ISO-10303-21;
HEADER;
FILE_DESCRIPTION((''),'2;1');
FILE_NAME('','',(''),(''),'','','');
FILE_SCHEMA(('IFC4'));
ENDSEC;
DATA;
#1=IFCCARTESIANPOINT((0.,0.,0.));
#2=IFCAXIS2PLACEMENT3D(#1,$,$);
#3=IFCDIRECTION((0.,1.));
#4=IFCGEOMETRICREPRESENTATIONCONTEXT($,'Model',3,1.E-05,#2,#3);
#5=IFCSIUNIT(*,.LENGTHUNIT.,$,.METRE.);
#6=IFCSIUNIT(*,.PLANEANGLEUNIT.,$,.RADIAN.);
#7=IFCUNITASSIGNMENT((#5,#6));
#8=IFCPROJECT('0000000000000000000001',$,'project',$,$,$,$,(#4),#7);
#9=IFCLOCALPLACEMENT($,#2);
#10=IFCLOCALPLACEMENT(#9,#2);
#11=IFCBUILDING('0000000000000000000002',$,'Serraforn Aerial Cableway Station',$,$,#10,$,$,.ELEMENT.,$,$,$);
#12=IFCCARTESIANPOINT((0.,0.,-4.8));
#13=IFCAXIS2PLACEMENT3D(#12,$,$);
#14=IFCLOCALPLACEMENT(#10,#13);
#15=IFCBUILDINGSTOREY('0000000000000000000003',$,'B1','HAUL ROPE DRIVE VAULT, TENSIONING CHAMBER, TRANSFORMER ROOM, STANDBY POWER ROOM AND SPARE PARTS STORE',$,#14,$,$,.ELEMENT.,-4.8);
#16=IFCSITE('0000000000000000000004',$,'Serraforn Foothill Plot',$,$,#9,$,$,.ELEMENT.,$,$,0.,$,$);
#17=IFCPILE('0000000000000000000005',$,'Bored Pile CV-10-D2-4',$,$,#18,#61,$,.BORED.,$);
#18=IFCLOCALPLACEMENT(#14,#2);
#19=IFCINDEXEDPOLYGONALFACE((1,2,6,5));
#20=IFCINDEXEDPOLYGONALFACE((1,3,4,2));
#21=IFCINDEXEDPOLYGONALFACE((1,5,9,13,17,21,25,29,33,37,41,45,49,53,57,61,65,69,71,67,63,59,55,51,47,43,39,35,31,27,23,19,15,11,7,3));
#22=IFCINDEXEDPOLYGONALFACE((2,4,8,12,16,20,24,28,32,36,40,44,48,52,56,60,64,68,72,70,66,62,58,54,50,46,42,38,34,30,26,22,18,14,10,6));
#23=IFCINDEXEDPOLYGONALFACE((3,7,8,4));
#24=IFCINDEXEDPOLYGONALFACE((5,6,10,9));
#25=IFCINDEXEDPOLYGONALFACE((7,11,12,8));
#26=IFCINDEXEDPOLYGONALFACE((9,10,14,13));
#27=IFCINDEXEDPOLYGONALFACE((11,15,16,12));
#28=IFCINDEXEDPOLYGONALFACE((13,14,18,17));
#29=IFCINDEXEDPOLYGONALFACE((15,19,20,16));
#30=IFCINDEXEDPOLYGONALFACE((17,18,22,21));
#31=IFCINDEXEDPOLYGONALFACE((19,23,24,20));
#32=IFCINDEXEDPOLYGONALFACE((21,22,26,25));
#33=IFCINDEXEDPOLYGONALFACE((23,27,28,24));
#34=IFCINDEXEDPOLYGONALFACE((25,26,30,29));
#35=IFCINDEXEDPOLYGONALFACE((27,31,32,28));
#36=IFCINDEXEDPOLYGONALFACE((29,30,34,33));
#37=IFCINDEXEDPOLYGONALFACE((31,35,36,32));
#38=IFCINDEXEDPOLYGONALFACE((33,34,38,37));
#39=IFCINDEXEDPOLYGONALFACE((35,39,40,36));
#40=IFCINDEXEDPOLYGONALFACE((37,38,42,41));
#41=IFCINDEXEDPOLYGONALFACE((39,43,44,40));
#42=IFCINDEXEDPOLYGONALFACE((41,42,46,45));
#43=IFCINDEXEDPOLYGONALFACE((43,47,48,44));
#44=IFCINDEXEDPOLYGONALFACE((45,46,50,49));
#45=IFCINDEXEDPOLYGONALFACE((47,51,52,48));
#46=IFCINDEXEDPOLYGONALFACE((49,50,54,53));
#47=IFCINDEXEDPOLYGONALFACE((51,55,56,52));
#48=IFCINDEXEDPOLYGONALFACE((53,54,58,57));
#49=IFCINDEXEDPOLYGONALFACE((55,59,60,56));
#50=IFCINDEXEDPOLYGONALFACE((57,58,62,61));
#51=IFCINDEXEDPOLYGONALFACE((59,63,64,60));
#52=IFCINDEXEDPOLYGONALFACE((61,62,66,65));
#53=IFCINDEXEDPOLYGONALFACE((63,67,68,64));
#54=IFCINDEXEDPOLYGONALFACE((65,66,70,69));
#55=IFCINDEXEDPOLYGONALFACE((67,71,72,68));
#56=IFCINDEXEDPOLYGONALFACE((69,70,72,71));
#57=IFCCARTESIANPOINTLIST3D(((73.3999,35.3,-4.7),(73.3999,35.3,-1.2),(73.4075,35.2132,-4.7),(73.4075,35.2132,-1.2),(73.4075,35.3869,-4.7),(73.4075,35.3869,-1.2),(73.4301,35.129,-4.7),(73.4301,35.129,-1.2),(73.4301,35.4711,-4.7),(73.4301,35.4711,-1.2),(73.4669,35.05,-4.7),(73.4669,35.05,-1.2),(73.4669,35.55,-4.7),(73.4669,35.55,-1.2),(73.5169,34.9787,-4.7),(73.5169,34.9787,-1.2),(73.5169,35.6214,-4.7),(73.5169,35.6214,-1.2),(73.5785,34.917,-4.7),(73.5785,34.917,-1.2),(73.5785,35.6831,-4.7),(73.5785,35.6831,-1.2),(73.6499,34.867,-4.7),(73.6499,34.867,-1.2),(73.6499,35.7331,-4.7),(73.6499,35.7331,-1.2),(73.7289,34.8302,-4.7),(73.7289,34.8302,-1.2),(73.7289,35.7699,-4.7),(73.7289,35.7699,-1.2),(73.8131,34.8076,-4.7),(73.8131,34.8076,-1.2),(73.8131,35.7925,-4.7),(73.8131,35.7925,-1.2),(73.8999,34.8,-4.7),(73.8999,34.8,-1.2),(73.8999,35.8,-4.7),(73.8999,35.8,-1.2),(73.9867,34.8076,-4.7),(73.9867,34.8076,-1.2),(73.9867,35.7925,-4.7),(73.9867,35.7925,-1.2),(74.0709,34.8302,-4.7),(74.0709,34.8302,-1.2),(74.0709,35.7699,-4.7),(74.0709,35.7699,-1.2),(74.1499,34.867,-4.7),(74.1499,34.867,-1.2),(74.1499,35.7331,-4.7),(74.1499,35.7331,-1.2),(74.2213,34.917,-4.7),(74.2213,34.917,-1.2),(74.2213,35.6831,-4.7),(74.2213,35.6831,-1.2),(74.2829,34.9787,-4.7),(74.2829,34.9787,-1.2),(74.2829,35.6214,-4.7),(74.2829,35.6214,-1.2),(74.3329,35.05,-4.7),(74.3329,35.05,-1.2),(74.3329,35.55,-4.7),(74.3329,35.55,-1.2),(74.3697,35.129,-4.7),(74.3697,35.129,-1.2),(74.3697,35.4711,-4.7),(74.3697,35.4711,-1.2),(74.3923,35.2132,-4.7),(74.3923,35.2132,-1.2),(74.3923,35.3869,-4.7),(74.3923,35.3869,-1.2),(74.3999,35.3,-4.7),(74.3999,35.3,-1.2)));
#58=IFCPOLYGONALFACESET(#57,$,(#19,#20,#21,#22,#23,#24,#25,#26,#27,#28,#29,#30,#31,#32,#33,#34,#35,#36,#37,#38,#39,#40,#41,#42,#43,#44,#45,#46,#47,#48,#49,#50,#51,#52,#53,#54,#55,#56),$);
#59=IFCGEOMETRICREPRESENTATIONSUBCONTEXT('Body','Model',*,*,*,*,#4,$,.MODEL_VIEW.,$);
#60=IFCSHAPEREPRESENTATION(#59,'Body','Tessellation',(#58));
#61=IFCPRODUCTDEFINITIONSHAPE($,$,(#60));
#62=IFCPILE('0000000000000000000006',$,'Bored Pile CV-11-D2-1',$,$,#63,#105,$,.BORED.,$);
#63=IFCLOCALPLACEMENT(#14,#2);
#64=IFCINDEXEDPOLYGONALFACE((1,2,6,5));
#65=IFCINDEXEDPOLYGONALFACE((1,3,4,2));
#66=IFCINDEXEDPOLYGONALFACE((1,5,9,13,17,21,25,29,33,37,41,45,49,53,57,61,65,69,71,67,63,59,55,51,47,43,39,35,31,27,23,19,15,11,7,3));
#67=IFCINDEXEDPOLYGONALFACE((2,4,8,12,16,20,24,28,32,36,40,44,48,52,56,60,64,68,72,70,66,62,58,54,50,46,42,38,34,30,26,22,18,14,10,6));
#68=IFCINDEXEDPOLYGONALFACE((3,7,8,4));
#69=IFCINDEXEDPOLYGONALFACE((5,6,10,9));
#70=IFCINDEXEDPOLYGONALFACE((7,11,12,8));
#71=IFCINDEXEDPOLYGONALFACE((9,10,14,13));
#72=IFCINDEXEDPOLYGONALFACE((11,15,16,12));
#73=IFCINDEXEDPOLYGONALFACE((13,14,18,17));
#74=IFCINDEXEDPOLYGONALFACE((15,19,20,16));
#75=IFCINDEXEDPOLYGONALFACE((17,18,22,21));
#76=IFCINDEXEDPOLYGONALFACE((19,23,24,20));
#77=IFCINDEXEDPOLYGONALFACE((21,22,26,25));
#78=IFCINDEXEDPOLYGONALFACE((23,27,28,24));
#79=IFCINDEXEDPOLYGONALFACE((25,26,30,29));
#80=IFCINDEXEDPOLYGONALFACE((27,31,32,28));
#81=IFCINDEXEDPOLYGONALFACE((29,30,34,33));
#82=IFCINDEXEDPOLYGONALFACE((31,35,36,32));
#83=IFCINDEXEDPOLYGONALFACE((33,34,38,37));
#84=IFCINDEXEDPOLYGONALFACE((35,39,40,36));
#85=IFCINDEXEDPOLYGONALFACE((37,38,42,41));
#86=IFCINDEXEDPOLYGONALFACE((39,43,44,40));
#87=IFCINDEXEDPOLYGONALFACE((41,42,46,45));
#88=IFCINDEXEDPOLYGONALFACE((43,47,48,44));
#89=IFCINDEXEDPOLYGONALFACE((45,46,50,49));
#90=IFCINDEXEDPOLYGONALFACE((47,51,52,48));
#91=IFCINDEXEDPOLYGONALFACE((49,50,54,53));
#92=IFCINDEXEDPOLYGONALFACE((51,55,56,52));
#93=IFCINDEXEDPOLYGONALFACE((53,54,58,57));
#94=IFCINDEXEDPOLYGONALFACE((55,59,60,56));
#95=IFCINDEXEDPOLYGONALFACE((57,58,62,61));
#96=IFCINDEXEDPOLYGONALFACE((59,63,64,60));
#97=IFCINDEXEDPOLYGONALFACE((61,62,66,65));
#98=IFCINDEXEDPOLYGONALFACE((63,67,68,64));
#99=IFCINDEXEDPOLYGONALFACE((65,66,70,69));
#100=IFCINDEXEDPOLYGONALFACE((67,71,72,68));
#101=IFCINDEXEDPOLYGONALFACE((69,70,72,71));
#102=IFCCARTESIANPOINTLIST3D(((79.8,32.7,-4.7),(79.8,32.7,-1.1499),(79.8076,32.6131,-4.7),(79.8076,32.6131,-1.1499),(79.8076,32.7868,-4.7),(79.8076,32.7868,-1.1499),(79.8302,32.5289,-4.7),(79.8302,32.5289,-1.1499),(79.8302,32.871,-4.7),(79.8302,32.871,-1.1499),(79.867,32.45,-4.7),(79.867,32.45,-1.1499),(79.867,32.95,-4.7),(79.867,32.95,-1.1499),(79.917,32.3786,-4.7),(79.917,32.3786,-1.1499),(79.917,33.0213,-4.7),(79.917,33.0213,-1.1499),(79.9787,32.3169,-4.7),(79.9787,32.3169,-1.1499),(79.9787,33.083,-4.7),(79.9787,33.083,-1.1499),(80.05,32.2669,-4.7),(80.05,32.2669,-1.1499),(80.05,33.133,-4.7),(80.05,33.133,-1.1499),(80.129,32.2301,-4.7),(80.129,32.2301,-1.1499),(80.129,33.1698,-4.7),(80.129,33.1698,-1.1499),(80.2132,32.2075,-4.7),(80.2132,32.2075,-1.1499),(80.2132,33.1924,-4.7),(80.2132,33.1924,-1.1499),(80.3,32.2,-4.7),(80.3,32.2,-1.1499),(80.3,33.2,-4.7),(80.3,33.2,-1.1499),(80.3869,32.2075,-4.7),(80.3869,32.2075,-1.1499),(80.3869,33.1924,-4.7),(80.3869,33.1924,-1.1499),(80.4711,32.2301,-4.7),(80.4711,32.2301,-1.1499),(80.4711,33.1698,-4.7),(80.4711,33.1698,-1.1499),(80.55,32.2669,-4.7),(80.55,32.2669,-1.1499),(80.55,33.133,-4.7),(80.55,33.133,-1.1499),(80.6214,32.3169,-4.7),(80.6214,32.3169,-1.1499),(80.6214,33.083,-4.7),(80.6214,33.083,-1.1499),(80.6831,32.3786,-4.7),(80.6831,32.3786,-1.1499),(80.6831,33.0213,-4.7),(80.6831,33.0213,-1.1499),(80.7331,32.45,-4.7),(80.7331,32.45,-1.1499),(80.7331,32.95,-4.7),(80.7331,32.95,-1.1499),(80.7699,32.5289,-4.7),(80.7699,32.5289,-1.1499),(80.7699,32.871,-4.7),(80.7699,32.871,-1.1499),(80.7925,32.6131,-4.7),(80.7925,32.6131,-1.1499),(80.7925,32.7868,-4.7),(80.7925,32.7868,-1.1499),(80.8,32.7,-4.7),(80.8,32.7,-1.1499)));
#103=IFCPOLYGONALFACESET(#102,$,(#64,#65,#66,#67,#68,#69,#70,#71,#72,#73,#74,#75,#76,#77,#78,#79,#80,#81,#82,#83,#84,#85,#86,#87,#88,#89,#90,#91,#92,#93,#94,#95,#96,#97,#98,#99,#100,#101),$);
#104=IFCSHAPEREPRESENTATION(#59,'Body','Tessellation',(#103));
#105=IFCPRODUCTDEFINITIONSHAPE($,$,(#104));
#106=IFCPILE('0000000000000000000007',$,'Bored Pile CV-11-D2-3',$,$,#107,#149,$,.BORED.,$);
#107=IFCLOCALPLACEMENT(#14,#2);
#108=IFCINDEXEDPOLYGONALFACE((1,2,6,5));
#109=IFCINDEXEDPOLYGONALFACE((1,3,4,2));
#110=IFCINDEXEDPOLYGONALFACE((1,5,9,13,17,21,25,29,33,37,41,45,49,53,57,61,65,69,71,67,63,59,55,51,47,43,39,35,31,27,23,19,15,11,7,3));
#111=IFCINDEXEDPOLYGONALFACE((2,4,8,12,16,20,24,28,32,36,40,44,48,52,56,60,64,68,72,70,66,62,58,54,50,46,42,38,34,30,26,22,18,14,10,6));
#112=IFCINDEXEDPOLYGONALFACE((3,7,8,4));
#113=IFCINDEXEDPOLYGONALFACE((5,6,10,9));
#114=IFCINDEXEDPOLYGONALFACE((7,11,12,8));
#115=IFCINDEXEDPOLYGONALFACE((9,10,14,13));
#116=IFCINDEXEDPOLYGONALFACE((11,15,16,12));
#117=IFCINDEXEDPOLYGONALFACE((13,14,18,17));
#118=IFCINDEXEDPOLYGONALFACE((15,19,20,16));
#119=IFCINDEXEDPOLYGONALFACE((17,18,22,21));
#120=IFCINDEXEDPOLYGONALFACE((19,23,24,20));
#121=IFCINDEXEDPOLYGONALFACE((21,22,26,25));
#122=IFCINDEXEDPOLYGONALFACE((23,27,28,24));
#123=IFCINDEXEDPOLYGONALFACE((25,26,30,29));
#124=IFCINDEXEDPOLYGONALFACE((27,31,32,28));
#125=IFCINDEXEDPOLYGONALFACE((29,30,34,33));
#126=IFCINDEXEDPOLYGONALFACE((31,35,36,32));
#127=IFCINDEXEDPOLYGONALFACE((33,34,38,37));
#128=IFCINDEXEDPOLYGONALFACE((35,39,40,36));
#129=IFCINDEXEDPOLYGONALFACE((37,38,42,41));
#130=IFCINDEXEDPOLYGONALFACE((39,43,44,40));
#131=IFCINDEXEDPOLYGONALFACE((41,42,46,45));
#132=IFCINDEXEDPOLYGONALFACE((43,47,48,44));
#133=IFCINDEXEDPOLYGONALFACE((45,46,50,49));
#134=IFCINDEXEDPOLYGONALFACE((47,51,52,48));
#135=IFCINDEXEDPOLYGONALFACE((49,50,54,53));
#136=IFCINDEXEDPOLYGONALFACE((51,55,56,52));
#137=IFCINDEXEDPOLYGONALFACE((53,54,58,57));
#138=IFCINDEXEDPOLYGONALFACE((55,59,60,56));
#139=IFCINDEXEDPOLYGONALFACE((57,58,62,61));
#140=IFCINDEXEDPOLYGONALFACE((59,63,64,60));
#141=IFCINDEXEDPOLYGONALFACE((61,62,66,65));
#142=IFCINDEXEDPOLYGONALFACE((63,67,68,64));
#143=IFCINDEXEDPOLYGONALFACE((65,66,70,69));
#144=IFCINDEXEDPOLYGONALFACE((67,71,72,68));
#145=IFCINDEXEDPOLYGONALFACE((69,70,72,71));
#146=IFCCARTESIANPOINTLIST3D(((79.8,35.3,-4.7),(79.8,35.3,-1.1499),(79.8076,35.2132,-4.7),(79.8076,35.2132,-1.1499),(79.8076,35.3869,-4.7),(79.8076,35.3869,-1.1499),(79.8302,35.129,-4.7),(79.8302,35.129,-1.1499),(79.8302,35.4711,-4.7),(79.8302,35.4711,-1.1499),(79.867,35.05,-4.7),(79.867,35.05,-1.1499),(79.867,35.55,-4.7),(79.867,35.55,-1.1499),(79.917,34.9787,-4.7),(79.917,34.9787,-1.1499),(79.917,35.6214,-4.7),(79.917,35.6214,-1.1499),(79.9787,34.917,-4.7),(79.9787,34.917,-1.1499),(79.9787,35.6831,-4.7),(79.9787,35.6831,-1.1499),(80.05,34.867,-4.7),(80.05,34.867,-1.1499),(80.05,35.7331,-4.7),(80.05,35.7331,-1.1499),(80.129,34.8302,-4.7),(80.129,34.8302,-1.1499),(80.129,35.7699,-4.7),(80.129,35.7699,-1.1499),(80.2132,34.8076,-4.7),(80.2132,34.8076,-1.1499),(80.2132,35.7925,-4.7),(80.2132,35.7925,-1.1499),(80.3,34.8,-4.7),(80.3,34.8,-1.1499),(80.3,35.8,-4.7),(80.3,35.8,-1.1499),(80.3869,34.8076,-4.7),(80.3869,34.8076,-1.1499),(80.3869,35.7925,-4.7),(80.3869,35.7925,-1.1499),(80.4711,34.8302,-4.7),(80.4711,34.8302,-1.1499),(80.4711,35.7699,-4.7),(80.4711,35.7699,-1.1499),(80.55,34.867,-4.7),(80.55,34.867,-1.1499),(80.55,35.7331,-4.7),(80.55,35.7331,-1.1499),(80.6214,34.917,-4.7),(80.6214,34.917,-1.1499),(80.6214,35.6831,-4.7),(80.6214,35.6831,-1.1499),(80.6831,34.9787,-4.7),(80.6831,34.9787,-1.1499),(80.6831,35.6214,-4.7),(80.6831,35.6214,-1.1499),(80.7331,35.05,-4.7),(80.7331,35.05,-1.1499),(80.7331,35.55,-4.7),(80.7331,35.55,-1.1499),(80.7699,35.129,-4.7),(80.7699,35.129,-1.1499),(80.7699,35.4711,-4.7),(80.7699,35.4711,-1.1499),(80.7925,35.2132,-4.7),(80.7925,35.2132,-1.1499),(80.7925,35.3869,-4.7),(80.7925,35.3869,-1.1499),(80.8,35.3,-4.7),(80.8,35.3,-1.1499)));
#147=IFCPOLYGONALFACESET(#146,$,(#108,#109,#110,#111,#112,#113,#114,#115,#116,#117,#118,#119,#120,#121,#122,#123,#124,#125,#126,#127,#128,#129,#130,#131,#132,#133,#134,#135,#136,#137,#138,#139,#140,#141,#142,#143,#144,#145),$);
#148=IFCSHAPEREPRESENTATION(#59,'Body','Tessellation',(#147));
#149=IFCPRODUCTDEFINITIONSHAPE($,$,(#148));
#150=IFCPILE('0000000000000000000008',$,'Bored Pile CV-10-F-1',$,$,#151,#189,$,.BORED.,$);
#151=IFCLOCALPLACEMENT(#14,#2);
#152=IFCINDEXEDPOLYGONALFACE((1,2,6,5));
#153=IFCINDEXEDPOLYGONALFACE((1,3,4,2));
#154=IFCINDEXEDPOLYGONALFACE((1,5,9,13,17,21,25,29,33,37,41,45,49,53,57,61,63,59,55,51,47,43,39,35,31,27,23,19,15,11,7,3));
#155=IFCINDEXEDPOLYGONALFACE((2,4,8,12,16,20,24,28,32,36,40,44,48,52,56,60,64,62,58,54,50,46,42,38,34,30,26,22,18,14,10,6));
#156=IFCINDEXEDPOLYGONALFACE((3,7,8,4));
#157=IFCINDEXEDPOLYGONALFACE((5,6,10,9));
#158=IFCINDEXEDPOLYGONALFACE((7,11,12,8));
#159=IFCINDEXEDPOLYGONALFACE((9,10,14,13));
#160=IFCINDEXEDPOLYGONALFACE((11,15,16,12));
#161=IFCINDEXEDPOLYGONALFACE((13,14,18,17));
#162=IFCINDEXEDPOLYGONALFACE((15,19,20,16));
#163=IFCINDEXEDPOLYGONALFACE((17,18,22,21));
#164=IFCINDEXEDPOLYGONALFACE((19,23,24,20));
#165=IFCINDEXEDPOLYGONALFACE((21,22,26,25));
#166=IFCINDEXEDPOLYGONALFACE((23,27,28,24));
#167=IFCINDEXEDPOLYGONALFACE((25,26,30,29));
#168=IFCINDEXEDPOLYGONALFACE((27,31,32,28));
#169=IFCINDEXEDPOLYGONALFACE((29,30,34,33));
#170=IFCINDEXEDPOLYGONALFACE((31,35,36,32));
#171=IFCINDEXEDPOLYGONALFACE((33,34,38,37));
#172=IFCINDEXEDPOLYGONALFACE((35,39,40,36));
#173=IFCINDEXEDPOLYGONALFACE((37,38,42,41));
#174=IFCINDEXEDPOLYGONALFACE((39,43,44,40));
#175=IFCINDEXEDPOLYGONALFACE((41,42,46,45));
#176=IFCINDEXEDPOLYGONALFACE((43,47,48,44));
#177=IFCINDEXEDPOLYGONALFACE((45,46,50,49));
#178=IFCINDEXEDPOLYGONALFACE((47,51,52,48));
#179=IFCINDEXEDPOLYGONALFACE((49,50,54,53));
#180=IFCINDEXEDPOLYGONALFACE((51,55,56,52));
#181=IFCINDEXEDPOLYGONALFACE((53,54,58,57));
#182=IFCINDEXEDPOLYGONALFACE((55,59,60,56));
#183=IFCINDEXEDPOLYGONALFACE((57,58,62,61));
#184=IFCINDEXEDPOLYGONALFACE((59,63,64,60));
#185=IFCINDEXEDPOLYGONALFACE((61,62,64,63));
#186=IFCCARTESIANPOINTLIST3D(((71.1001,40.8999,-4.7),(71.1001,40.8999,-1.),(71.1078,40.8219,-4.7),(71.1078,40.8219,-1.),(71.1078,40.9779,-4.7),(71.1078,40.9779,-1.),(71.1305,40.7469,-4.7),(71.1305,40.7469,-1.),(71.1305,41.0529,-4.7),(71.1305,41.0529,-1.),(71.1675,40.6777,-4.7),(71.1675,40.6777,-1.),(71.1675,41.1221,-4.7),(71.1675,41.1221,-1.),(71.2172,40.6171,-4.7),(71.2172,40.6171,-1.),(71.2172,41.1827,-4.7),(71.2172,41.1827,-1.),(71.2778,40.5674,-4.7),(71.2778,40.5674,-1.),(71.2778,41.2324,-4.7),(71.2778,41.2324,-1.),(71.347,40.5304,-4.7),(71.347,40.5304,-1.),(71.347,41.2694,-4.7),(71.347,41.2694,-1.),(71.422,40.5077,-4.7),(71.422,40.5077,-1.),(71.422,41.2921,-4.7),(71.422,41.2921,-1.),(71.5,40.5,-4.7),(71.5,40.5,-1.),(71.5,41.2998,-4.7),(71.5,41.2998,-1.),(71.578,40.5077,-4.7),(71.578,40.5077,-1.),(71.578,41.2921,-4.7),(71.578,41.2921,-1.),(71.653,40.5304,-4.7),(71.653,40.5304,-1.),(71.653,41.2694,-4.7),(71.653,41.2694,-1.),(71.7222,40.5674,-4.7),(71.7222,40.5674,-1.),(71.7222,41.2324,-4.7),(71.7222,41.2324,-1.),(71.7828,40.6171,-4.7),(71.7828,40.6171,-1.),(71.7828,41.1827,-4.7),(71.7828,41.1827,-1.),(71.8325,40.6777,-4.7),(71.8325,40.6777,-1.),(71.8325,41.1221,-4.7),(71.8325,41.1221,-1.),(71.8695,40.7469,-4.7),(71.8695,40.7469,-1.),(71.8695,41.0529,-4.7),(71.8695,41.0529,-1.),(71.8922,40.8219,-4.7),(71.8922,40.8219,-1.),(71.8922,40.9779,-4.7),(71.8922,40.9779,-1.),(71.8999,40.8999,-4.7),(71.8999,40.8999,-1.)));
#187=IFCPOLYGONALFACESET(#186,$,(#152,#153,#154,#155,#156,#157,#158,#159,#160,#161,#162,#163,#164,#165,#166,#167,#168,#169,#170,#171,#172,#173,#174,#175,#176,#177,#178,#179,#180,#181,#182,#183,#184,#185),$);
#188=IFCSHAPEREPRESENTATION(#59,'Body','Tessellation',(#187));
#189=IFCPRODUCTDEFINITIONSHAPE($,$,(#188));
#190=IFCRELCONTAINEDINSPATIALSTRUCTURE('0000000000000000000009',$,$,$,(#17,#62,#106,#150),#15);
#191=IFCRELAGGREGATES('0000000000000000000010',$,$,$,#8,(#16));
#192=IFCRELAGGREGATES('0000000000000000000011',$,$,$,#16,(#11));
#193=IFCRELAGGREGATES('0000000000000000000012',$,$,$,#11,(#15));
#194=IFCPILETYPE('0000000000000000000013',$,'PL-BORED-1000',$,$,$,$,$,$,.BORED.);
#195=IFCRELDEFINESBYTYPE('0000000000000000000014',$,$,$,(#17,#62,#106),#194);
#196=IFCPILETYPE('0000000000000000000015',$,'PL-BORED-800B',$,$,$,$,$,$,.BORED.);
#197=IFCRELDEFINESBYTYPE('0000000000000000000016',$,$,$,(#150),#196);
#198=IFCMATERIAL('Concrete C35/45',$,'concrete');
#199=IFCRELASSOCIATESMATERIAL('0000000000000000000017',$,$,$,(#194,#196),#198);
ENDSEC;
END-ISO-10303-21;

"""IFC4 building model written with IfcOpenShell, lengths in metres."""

from ifc_helpers import new_model, si_unit, direction, frame, origin, origin_2d, place, context, subcontext, project, spatial, circle, extrude, material, material_profile, profile_set, type_object, element, save


model = new_model("IFC4")

# Units and contexts
model_context = context("Model", 3, precision=1e-05, world=origin(), true_north=direction((0.0, 1.0)))
body_context = subcontext(model_context, "Body", "Model", "MODEL_VIEW")
ifc_project = project(units=[si_unit("LENGTHUNIT", "METRE"), si_unit("PLANEANGLEUNIT", "RADIAN")], contexts=[model_context])

# Site, building, storey
site_placement = place(None, origin())
site = spatial("IfcSite", under=ifc_project, at=site_placement, Name="Serraforn Foothill Plot", CompositionType="ELEMENT", RefElevation=0.0)
building_placement = place(site_placement, origin())
building = spatial("IfcBuilding", under=site, at=building_placement, Name="Serraforn Aerial Cableway Station", CompositionType="ELEMENT")
storey_placement = place(building_placement, frame((0.0, 0.0, -4.8)))
storey = spatial("IfcBuildingStorey", under=building, at=storey_placement, Name="B1", Description="HAUL ROPE DRIVE VAULT, TENSIONING CHAMBER, TRANSFORMER ROOM, STANDBY POWER ROOM AND SPARE PARTS STORE", CompositionType="ELEMENT", Elevation=-4.8)

# Shared definitions
ifc_material_1 = material(Name="Concrete C35/45", Category="concrete")

# Piles
ifc_material_profile_1 = material_profile(ifc_material_1, circle(Radius=0.5, at=origin_2d()), Name="BORED PILE D1000")
ifc_profile_set_1 = profile_set([ifc_material_profile_1], Name="Concrete C35/45")
pile_type_1 = type_object("IfcPileType", Name="PL-BORED-1000", PredefinedType="BORED", material=ifc_profile_set_1)
for number, where, z_axis, x_axis, name in (
    (1, (73.8999, 35.3, -1.2), (0.0, 0.0, -1.0), (1.0, 0.0, 0.0), "Bored Pile CV-10-D2-4"),
):
    element("IfcPile", number, at=place(storey_placement, frame(where, z_axis=z_axis, x_axis=x_axis)), inside=storey, type_object=pile_type_1, Name=name, PredefinedType="BORED", context=body_context, shape_type="SweptSolid", body=[
        extrude(circle(Radius=0.5, at=origin_2d()), origin(), (0.0, 0.0, 1.0), 3.5),
    ])
for number, where, z_axis, x_axis, name in (
    (2, (80.3, 32.7, -1.1499), (0.0, 0.0, -1.0), (1.0, 0.0, 0.0), "Bored Pile CV-11-D2-1"),
    (3, (80.3, 35.3, -1.1499), (0.0, 0.0, -1.0), (1.0, 0.0, 0.0), "Bored Pile CV-11-D2-3"),
):
    element("IfcPile", number, at=place(storey_placement, frame(where, z_axis=z_axis, x_axis=x_axis)), inside=storey, type_object=pile_type_1, Name=name, PredefinedType="BORED", context=body_context, shape_type="SweptSolid", body=[
        extrude(circle(Radius=0.5, at=origin_2d()), origin(), (0.0, 0.0, 1.0), 3.55),
    ])
ifc_material_profile_2 = material_profile(ifc_material_1, circle(Radius=0.3999, at=origin_2d()), Name="BORED PILE D800")
ifc_profile_set_2 = profile_set([ifc_material_profile_2], Name="Concrete C35/45")
pile_type_2 = type_object("IfcPileType", Name="PL-BORED-800B", PredefinedType="BORED", material=ifc_profile_set_2)
for number, where, z_axis, x_axis, name in (
    (4, (71.5, 40.8999, -1.0), (0.0, 0.0, -1.0), (1.0, 0.0, 0.0), "Bored Pile CV-10-F-1"),
):
    element("IfcPile", number, at=place(storey_placement, frame(where, z_axis=z_axis, x_axis=x_axis)), inside=storey, type_object=pile_type_2, Name=name, PredefinedType="BORED", context=body_context, shape_type="SweptSolid", body=[
        extrude(circle(Radius=0.3999, at=origin_2d()), origin(), (0.0, 0.0, 1.0), 3.7),
    ])

save(model, "model.ifc")
